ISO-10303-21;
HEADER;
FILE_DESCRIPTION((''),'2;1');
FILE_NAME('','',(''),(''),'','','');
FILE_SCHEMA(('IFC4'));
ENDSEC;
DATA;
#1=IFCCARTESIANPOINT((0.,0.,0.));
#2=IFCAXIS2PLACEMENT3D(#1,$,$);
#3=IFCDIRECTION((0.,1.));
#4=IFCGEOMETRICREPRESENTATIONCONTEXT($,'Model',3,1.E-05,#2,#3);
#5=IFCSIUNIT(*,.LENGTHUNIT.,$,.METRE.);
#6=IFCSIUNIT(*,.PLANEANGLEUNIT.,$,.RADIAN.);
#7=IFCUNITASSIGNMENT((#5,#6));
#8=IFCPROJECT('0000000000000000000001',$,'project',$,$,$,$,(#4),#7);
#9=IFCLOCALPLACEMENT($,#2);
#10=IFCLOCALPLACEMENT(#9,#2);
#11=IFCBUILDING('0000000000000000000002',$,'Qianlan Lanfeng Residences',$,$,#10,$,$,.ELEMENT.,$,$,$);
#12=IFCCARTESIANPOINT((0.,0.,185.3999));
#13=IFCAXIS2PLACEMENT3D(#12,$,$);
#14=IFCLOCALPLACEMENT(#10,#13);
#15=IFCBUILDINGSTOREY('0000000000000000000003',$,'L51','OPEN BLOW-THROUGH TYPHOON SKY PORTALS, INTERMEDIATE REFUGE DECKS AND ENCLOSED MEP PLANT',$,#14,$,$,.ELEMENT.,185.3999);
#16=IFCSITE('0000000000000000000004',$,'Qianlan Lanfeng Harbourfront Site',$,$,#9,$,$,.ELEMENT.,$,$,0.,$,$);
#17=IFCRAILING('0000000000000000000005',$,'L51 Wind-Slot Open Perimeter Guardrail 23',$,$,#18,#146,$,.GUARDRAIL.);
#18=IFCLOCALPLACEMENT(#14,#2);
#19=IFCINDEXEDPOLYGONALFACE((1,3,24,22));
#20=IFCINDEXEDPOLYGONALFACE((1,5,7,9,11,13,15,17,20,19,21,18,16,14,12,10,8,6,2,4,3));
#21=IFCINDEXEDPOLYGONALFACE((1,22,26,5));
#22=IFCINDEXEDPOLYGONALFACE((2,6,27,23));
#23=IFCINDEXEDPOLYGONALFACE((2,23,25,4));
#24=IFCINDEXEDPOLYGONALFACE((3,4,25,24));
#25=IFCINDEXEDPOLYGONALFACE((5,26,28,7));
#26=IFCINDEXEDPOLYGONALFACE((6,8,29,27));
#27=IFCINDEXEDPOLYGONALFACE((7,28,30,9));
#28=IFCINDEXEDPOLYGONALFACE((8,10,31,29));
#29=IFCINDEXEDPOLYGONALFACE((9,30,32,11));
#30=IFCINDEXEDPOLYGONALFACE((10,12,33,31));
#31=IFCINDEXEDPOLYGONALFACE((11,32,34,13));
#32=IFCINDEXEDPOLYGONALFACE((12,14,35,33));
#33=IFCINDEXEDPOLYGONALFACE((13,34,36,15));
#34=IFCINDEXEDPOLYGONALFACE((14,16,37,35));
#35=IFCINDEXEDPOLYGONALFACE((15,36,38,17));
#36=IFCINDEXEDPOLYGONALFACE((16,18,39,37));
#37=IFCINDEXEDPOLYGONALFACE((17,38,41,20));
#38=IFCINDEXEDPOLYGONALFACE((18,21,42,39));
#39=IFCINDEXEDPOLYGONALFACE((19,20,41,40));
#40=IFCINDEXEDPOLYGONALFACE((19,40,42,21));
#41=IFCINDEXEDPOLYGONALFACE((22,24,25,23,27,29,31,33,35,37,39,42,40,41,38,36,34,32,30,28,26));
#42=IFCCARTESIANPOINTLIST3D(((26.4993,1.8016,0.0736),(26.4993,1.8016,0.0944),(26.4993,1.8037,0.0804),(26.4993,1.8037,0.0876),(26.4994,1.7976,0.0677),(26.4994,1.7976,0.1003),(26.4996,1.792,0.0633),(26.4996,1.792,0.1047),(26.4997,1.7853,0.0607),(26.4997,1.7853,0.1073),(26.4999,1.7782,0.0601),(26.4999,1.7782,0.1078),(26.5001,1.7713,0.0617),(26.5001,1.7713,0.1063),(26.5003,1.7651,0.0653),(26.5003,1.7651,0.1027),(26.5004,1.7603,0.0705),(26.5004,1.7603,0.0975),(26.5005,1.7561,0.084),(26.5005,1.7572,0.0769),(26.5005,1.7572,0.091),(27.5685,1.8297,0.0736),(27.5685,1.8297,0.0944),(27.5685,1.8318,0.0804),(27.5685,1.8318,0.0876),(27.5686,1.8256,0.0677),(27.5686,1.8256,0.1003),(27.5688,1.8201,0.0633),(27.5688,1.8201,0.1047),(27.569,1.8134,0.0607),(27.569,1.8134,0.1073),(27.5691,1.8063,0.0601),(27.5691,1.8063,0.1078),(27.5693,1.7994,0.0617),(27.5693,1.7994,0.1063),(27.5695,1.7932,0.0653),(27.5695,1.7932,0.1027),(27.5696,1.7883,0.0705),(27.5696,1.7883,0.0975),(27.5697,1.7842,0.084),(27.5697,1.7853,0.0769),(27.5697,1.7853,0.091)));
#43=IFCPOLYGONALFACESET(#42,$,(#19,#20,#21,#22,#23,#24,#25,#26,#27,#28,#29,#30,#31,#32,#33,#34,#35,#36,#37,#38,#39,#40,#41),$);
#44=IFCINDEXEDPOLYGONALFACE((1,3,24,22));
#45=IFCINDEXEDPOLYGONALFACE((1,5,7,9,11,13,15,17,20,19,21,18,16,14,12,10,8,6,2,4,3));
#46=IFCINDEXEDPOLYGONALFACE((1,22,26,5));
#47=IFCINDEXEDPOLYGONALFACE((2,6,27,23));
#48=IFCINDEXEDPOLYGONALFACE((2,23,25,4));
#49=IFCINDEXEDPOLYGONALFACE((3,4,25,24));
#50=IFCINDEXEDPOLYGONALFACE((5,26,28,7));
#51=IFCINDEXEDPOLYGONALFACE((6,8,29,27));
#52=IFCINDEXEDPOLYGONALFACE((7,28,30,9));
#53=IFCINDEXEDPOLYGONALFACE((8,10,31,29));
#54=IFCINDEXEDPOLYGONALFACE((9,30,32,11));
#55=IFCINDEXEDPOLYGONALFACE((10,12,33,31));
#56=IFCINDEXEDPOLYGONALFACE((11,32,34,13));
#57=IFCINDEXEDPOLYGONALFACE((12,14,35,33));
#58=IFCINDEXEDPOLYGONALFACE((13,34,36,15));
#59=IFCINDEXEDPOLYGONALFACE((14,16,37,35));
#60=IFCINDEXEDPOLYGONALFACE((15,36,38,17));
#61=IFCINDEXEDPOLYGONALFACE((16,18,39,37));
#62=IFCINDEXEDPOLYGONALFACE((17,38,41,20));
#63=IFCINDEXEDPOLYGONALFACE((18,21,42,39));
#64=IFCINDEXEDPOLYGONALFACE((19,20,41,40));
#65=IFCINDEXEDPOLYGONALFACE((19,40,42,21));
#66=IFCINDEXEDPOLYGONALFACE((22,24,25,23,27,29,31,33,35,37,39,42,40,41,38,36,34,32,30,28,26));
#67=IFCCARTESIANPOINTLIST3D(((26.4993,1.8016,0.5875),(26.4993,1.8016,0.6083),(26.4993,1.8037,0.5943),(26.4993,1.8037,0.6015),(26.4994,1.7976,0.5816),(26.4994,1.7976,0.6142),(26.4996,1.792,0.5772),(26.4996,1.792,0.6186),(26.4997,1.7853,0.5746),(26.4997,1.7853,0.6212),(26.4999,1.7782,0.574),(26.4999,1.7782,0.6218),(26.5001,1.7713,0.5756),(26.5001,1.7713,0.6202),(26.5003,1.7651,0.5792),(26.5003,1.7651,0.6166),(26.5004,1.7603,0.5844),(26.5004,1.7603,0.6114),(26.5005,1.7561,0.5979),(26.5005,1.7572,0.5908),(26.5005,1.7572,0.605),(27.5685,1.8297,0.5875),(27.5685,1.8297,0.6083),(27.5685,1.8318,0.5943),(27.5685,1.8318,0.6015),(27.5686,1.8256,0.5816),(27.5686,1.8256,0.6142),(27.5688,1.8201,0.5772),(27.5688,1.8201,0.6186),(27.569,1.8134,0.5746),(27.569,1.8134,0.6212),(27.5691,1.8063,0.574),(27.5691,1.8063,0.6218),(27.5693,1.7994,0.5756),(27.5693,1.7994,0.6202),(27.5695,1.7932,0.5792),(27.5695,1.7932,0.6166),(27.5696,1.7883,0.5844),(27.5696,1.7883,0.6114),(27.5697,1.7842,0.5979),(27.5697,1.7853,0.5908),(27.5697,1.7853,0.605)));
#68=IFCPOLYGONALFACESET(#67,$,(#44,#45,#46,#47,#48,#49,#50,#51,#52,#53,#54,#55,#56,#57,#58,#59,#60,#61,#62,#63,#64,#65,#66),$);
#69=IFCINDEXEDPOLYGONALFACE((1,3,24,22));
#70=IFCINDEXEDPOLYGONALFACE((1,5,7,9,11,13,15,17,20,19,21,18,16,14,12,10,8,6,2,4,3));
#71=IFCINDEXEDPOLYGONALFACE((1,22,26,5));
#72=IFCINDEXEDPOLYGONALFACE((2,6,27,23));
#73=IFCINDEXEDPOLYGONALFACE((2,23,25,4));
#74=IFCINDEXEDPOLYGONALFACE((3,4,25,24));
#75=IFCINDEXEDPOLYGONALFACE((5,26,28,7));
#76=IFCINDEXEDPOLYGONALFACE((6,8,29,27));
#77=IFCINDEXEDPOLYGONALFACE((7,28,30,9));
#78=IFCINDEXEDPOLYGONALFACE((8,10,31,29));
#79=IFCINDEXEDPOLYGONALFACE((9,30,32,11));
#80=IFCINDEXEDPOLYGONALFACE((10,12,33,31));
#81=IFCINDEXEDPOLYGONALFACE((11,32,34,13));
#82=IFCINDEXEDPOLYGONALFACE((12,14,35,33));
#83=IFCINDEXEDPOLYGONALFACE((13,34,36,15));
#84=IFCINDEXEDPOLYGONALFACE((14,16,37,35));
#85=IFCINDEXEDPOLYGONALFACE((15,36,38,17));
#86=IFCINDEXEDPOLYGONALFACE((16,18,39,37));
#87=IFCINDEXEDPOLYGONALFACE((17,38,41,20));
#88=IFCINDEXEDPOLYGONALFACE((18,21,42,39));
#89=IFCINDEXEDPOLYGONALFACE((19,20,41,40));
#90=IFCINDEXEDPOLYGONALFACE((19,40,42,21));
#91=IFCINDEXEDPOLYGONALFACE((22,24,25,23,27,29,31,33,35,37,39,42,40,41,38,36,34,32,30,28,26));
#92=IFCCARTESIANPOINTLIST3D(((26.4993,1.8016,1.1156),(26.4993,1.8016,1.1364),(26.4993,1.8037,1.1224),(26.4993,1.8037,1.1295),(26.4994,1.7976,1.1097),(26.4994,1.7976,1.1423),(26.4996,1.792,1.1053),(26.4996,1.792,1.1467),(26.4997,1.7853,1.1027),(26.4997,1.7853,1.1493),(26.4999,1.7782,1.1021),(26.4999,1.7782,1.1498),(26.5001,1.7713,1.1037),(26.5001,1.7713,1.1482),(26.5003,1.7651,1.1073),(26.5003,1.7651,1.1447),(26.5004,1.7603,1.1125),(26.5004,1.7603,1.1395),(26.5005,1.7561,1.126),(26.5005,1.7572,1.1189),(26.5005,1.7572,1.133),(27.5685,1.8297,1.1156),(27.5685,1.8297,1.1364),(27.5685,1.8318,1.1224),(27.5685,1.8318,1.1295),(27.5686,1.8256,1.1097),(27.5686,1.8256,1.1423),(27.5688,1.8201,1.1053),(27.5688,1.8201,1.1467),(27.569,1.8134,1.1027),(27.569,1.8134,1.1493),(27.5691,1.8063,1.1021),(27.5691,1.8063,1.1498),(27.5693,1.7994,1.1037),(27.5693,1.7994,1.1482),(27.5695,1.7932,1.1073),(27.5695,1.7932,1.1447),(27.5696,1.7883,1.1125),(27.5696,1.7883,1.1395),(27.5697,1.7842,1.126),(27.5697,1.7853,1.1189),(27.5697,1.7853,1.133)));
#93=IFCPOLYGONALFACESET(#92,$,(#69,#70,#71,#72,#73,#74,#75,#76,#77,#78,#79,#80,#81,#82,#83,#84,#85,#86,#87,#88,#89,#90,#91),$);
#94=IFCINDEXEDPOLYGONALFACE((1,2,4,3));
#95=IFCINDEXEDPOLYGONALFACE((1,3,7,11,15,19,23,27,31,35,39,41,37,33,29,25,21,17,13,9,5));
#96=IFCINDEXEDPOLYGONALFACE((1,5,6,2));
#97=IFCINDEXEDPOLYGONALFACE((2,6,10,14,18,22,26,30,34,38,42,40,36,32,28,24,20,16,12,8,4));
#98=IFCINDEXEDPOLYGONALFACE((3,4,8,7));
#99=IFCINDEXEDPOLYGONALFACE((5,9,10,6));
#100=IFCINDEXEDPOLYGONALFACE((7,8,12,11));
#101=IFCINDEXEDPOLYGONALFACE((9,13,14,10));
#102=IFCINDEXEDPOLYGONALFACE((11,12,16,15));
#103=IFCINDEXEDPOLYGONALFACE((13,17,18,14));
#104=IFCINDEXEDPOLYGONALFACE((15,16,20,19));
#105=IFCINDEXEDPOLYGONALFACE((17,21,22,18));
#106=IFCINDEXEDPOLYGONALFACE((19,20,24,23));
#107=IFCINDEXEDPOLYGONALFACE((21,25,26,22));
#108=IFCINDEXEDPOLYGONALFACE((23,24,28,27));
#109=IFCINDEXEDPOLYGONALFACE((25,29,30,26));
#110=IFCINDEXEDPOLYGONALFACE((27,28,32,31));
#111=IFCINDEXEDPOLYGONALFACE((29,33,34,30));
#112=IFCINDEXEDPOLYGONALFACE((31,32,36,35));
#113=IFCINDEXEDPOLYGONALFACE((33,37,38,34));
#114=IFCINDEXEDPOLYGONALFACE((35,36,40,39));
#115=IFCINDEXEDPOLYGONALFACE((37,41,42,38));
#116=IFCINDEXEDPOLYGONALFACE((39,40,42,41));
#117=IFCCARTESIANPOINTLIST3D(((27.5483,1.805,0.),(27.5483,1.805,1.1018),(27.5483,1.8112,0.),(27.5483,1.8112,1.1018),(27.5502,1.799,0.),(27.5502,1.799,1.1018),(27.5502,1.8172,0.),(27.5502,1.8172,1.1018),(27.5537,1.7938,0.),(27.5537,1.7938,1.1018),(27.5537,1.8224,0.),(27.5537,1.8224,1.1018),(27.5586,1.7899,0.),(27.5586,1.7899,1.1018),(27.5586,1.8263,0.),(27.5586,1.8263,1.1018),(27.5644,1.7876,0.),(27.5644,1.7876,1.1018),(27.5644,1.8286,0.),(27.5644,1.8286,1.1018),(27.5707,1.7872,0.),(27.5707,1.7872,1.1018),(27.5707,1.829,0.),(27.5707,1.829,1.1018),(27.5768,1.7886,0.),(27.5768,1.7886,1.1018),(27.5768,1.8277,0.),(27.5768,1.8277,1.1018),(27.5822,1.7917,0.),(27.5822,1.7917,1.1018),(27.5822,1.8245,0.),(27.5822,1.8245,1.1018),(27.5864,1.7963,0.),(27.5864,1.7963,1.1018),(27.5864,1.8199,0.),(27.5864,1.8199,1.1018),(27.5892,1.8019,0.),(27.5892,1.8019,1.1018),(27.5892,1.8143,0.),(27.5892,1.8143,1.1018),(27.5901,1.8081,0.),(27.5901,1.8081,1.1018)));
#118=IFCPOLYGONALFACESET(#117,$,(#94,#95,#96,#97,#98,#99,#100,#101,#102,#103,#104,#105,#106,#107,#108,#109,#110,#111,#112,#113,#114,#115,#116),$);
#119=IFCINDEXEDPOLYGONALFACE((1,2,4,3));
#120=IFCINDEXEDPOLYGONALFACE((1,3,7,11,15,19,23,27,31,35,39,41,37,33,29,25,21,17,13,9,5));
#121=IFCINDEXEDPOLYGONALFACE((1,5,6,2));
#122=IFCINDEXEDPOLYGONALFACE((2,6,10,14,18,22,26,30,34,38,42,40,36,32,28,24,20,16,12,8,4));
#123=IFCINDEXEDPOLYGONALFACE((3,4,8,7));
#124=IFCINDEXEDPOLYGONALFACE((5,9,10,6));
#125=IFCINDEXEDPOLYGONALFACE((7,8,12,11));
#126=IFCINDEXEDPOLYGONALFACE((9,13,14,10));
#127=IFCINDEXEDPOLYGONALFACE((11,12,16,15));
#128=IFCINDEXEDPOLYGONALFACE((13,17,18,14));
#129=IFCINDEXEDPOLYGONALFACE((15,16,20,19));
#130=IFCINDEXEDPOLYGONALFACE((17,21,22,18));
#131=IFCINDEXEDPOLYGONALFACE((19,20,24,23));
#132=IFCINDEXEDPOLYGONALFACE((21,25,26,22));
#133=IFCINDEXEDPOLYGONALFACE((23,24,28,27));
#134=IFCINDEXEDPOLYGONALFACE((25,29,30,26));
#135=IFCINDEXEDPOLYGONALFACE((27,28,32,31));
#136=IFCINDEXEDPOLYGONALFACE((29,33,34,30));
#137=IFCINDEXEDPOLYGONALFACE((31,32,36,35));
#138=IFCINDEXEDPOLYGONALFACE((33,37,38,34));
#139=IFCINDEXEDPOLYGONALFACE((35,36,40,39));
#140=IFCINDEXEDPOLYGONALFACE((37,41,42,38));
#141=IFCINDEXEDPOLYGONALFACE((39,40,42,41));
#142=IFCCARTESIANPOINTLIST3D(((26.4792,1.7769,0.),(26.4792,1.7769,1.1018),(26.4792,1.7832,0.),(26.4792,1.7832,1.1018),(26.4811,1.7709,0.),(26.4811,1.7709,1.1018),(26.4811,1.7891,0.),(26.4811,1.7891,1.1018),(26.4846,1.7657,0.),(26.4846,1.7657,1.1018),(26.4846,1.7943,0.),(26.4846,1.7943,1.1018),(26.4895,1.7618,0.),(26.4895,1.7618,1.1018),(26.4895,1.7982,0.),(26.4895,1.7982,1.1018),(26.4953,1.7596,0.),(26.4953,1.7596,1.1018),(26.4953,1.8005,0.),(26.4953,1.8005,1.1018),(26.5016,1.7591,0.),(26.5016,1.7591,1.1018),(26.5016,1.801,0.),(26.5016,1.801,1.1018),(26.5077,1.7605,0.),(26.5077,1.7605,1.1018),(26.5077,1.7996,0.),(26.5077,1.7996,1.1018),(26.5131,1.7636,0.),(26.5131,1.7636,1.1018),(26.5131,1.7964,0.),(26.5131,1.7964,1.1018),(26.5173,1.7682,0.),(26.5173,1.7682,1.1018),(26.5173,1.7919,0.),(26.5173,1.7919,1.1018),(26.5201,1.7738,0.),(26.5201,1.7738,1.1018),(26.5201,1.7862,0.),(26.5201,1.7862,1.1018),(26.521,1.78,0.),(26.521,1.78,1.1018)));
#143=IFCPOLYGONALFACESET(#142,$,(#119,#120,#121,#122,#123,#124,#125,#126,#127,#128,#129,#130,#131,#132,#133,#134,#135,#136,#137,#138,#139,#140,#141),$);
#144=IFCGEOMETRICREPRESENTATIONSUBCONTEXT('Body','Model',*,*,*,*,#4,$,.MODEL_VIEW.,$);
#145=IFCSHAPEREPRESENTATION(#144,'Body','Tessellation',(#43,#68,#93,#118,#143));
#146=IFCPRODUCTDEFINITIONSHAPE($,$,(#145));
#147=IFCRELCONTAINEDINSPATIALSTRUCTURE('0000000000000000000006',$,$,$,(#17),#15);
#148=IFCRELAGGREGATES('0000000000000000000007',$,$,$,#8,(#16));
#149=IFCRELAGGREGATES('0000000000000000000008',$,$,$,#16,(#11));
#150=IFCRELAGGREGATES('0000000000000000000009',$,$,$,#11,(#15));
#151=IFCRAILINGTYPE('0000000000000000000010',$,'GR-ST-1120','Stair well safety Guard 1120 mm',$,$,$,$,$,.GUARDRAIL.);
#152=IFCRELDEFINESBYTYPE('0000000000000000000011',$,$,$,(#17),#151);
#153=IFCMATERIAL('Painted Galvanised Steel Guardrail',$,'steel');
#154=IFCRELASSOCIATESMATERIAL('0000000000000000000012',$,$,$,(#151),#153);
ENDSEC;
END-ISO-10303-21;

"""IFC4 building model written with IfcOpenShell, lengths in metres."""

from ifc_helpers import new_model, si_unit, direction, frame, origin, origin_2d, place, context, subcontext, project, spatial, circle, extrude, material, type_object, element, save


model = new_model("IFC4")

# Units and contexts
model_context = context("Model", 3, precision=1e-05, world=origin(), true_north=direction((0.0, 1.0)))
body_context = subcontext(model_context, "Body", "Model", "MODEL_VIEW")
ifc_project = project(units=[si_unit("LENGTHUNIT", "METRE"), si_unit("PLANEANGLEUNIT", "RADIAN")], contexts=[model_context])

# Site, building, storey
site_placement = place(None, origin())
site = spatial("IfcSite", under=ifc_project, at=site_placement, Name="Qianlan Lanfeng Harbourfront Site", CompositionType="ELEMENT", RefElevation=0.0)
building_placement = place(site_placement, origin())
building = spatial("IfcBuilding", under=site, at=building_placement, Name="Qianlan Lanfeng Residences", CompositionType="ELEMENT")
storey_placement = place(building_placement, frame((0.0, 0.0, 185.3999)))
storey = spatial("IfcBuildingStorey", under=building, at=storey_placement, Name="L51", Description="OPEN BLOW-THROUGH TYPHOON SKY PORTALS, INTERMEDIATE REFUGE DECKS AND ENCLOSED MEP PLANT", CompositionType="ELEMENT", Elevation=185.3999)

# Railing
ifc_material_1 = material(Name="Painted Galvanised Steel Guardrail", Category="steel")
railing_type = type_object("IfcRailingType", Name="GR-ST-1120", Description="Stair well safety Guard 1120 mm", PredefinedType="GUARDRAIL", material=ifc_material_1)
railing_1_placement = place(storey_placement, frame((27.5691, 1.8081, 0.0)))
element("IfcRailing", 1, at=railing_1_placement, inside=storey, type_object=railing_type, Name="L51 Wind-Slot Open Perimeter Guardrail 23", PredefinedType="GUARDRAIL", context=body_context, shape_type="SweptSolid", body=[
    extrude(circle(Radius=0.0239, at=origin_2d()), frame((0.0, 0.0, 0.084), z_axis=(-0.999655, -0.026253, 0.0), x_axis=(0.026253, -0.999655, 0.0)), (0.0, 0.0, 1.0), 1.0696),
    extrude(circle(Radius=0.0239, at=origin_2d()), frame((0.0, 0.0, 0.5979), z_axis=(-0.999655, -0.026253, 0.0), x_axis=(0.026253, -0.999655, 0.0)), (0.0, 0.0, 1.0), 1.0696),
    extrude(circle(Radius=0.0239, at=origin_2d()), frame((0.0, 0.0, 1.126), z_axis=(-0.999655, -0.026253, 0.0), x_axis=(0.026253, -0.999655, 0.0)), (0.0, 0.0, 1.0), 1.0696),
    extrude(circle(Radius=0.021, at=origin_2d()), origin(), (0.0, 0.0, 1.0), 1.1018),
    extrude(circle(Radius=0.021, at=origin_2d()), frame((-1.0691, -0.0281, 0.0)), (0.0, 0.0, 1.0), 1.1018),
])

save(model, "model.ifc")
